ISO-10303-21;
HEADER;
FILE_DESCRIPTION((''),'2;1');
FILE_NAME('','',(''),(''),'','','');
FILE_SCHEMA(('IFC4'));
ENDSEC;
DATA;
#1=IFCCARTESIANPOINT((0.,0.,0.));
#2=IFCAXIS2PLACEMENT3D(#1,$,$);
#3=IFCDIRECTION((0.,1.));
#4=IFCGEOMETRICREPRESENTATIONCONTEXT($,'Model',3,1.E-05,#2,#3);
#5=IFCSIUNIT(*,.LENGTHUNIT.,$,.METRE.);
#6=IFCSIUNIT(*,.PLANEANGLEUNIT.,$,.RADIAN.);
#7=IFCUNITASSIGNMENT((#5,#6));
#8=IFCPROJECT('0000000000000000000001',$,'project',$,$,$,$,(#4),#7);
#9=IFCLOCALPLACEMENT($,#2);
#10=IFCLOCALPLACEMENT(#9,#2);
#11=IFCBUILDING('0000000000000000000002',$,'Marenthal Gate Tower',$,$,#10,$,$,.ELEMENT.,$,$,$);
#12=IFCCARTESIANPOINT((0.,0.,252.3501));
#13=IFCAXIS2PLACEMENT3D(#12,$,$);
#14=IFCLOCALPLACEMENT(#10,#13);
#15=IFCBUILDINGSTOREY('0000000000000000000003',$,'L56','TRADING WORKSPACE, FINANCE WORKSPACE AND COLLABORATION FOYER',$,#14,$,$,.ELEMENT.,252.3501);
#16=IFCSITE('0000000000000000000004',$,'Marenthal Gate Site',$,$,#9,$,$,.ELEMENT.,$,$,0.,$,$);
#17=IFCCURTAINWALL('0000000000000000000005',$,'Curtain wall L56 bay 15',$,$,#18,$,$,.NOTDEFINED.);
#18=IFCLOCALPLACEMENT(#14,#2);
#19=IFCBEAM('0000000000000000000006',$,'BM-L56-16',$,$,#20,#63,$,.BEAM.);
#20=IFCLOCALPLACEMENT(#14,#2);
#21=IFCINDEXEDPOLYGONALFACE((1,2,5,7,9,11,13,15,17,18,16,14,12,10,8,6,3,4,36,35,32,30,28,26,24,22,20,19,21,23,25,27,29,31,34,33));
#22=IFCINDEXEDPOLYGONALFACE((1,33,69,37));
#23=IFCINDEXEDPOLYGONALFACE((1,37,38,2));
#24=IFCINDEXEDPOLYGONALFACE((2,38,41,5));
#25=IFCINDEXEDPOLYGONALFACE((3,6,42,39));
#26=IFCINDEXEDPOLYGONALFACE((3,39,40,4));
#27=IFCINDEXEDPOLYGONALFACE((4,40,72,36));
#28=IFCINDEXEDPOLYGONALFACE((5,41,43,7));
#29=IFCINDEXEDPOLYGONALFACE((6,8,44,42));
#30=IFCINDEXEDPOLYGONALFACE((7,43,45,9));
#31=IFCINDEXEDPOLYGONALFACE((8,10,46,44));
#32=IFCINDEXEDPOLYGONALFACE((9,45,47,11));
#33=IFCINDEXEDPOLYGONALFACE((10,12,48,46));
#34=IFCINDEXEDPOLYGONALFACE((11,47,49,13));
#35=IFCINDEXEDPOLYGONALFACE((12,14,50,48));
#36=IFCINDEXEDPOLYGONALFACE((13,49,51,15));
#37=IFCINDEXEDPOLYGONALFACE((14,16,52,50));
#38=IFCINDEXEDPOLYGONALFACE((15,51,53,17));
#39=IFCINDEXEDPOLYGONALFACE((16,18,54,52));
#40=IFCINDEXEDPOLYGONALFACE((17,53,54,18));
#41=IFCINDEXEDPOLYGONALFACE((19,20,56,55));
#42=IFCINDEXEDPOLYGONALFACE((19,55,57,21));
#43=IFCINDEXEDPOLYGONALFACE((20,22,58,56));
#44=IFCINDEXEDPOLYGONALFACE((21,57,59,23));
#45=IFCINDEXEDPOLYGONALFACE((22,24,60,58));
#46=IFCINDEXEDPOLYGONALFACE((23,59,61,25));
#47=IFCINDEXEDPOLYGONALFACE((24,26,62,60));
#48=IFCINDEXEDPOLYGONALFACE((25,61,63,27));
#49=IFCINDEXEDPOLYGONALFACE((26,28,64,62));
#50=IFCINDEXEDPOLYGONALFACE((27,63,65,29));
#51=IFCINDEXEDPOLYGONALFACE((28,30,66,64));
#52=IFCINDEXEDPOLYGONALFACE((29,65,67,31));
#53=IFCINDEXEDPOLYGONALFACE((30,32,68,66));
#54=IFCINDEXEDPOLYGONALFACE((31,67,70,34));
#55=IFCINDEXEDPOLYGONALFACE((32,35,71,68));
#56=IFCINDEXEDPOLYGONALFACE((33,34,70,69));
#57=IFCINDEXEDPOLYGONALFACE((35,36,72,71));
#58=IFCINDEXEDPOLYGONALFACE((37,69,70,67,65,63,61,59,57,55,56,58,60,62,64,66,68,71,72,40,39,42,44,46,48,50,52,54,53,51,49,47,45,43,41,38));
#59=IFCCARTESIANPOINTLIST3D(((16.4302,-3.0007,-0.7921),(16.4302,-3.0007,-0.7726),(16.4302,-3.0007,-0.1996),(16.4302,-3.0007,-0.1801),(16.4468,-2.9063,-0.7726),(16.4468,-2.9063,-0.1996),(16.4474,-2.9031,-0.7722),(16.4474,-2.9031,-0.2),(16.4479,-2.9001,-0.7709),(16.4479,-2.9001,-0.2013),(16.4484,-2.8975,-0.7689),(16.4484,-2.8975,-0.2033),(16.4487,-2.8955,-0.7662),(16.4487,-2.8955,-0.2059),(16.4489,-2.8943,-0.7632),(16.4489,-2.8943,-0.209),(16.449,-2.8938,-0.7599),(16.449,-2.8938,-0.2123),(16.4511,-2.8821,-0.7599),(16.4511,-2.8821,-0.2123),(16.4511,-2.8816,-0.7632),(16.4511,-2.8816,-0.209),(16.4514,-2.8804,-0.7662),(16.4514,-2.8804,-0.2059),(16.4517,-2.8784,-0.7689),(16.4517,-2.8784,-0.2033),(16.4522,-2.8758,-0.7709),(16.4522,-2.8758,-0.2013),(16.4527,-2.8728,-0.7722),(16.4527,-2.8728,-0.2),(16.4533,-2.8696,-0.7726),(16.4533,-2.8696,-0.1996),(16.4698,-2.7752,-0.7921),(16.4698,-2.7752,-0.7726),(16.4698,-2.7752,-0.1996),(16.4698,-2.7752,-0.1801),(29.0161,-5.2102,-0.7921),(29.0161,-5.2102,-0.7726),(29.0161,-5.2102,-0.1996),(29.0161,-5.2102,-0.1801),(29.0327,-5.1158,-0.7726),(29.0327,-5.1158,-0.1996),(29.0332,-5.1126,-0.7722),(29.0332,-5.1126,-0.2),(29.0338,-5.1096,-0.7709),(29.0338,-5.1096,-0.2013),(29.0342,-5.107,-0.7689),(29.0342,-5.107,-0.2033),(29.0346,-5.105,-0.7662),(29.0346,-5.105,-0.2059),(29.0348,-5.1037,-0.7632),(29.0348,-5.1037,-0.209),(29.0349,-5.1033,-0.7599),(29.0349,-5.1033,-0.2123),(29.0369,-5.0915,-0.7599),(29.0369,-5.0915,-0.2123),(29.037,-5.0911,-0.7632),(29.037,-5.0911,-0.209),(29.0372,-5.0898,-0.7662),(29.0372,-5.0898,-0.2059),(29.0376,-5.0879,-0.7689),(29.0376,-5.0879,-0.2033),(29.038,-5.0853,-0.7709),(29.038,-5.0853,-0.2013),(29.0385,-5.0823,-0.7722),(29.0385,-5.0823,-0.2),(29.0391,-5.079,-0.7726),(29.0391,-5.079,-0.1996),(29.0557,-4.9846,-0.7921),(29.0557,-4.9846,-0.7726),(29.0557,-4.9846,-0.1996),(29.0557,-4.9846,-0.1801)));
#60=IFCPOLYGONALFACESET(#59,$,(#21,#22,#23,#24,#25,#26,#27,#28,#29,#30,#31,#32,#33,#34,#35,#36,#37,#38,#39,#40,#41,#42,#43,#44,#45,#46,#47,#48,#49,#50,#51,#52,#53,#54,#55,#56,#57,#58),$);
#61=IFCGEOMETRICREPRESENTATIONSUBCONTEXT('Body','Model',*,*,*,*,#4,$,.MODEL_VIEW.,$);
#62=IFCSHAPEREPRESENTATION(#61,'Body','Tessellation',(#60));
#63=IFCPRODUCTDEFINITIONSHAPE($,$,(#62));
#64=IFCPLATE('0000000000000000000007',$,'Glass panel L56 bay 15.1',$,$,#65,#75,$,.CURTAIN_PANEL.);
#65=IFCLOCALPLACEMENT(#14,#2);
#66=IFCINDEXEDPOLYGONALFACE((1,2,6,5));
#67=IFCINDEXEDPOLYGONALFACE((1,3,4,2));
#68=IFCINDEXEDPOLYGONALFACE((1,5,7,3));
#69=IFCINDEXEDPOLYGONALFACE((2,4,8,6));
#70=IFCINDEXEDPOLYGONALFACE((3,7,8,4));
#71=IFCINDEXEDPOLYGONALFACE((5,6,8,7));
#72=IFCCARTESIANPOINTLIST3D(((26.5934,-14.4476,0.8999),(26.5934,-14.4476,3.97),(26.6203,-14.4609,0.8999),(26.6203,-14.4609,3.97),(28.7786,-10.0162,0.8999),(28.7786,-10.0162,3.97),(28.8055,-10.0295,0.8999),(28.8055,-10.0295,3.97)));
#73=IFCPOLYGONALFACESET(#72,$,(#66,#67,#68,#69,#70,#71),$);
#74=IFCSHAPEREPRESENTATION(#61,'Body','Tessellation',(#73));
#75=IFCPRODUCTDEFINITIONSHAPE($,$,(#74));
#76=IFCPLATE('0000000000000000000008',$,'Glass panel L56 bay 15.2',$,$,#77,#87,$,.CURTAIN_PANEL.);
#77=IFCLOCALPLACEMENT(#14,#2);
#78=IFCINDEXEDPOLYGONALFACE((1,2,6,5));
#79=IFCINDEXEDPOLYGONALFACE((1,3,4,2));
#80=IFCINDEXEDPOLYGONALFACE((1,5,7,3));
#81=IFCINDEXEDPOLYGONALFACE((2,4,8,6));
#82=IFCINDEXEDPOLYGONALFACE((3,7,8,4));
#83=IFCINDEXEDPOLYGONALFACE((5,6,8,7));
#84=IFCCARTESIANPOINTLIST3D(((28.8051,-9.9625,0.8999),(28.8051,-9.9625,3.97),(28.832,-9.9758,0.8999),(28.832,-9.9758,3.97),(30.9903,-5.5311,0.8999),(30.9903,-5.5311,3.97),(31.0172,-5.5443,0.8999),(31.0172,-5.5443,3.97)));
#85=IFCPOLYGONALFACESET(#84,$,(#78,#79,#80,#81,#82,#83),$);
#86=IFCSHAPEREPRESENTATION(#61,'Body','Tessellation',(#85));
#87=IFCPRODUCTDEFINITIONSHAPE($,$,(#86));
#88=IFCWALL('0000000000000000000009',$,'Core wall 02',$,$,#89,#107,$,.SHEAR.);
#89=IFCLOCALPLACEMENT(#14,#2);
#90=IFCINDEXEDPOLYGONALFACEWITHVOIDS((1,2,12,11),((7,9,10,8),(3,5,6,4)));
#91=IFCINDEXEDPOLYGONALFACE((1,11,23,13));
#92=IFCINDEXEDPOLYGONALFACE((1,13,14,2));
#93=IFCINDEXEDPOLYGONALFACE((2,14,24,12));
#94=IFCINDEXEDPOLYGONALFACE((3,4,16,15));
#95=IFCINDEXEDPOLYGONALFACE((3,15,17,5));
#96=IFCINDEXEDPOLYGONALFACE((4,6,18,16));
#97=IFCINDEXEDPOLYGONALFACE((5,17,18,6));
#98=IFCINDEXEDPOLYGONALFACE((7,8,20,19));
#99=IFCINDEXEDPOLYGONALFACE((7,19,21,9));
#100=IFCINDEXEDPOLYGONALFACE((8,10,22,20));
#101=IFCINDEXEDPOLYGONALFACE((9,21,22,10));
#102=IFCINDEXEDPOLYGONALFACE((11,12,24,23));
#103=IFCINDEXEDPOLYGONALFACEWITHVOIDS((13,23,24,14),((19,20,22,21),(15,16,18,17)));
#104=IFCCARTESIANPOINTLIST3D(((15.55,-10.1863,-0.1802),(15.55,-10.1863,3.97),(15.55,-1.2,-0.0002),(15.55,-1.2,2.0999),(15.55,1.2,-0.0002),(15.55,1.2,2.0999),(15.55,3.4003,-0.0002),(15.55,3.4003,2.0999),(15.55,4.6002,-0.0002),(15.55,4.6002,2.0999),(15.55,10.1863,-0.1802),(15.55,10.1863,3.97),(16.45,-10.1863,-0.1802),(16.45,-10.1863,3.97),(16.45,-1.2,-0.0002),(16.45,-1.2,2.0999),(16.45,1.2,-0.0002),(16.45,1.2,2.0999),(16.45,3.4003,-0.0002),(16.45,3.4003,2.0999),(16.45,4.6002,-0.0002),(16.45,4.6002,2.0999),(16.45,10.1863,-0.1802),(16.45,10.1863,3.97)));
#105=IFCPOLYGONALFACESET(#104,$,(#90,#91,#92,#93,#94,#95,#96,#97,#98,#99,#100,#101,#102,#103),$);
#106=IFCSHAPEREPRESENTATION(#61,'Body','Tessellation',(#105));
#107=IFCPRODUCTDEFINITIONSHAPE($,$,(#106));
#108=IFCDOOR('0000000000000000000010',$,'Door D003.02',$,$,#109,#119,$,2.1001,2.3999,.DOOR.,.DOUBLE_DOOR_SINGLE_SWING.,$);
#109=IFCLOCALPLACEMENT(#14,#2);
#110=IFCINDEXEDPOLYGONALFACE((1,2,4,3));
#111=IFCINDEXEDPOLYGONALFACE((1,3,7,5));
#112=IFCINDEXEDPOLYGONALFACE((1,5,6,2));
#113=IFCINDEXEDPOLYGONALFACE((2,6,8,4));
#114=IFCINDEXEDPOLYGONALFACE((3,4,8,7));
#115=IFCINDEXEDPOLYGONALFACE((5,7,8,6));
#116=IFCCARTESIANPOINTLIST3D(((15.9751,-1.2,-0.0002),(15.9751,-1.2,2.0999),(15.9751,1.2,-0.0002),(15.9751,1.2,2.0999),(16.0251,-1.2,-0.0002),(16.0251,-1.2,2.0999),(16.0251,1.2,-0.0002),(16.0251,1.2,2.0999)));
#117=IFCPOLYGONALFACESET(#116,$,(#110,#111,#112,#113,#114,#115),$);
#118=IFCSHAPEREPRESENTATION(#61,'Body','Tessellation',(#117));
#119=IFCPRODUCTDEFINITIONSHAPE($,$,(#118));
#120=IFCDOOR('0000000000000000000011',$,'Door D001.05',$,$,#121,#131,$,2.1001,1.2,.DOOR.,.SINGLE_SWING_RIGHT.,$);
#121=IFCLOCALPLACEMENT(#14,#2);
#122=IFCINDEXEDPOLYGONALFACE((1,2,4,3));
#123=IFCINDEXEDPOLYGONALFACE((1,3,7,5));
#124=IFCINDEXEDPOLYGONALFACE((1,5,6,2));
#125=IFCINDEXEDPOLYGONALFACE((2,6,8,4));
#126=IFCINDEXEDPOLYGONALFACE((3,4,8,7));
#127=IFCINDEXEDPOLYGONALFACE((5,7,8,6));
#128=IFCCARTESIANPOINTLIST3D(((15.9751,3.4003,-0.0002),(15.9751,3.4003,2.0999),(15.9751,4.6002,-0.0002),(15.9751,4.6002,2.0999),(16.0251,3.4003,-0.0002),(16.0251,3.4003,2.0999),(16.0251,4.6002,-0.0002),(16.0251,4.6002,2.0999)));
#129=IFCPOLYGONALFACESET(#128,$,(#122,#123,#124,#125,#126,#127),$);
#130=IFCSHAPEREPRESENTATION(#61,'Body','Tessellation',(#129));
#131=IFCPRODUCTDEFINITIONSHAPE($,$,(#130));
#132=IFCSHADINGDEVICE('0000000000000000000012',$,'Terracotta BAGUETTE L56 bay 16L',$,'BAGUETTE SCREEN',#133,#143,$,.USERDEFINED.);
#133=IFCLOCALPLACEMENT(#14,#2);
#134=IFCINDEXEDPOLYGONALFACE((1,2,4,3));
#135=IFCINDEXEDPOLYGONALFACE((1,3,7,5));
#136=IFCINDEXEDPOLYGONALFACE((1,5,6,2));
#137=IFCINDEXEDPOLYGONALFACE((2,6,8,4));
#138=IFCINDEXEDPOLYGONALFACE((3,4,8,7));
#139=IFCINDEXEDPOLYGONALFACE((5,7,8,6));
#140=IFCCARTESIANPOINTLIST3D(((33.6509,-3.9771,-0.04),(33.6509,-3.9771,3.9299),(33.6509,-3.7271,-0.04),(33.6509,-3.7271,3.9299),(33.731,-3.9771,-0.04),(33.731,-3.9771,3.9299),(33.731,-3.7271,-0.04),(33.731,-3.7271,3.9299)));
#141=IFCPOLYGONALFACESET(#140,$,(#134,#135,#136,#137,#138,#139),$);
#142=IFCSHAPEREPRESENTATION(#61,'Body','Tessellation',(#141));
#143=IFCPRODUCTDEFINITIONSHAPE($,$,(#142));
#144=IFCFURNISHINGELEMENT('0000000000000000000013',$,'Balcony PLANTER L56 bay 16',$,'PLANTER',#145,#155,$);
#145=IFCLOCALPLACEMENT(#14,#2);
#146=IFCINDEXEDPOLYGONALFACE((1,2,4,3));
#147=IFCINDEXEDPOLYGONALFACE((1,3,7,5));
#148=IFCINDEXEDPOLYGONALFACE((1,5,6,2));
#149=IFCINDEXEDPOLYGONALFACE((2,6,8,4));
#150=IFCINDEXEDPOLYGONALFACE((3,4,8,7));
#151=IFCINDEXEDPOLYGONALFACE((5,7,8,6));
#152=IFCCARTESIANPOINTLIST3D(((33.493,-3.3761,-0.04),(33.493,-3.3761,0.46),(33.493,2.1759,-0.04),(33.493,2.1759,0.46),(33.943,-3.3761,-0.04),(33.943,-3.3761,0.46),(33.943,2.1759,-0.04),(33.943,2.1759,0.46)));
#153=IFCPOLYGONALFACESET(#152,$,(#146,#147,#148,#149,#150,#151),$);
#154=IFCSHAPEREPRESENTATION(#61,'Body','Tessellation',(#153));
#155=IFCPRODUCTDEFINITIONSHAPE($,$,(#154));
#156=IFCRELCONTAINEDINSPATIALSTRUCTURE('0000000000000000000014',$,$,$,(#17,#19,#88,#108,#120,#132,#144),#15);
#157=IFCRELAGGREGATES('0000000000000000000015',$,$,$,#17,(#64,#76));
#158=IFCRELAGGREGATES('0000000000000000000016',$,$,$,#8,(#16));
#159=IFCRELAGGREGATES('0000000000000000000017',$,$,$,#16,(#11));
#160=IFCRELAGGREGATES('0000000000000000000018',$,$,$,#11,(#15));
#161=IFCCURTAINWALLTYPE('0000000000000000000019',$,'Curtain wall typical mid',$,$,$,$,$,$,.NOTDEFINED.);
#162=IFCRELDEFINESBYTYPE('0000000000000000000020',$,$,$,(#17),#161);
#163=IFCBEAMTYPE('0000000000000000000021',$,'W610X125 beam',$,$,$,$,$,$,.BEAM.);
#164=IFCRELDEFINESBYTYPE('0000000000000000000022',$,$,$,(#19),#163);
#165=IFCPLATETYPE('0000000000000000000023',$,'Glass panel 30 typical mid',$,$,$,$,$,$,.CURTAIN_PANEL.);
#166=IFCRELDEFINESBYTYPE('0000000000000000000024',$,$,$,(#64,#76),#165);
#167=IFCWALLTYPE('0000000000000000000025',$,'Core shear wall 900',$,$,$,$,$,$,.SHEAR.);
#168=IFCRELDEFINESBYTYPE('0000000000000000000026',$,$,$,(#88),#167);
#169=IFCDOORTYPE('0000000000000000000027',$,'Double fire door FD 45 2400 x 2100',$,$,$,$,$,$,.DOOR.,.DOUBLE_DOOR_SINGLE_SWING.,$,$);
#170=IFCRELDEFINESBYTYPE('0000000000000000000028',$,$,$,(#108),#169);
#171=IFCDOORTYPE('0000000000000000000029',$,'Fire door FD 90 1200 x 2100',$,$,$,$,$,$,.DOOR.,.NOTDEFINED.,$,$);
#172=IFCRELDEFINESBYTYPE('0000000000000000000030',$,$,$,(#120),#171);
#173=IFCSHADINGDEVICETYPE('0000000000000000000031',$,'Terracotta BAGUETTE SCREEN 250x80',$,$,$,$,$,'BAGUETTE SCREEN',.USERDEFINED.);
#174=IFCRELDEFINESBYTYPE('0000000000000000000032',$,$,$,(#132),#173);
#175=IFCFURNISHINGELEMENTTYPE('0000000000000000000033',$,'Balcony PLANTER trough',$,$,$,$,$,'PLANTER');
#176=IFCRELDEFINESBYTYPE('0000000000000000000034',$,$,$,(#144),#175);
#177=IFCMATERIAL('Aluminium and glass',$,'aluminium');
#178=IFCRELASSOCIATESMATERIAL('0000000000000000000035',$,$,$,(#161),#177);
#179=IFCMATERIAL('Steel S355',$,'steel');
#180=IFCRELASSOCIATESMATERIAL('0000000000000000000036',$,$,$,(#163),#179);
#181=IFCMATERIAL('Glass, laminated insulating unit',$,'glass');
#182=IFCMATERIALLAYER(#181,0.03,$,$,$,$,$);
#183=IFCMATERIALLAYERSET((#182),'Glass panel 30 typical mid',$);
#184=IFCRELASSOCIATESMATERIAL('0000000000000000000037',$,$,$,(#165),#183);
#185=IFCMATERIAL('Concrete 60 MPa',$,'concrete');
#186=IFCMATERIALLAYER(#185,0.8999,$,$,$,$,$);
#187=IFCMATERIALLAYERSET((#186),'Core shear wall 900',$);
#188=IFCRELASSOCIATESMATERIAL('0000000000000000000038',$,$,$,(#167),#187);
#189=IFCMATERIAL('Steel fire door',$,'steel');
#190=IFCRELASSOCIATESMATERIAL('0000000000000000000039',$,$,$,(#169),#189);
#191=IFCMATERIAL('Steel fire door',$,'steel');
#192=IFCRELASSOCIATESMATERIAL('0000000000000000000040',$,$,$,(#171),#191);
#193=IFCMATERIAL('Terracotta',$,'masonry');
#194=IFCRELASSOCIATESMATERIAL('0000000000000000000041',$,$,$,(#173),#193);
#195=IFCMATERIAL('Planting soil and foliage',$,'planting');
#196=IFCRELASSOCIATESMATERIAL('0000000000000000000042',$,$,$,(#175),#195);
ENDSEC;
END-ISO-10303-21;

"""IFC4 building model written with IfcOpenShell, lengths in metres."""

from ifc_helpers import new_model, si_unit, direction, frame, frame_2d, origin, origin_2d, place, context, subcontext, project, spatial, rectangle, i_section, extrude, material, layer, layer_set, material_profile, profile_set, type_object, element, fill, aggregate, save


model = new_model("IFC4")

# Units and contexts
model_context = context("Model", 3, precision=1e-05, world=origin(), true_north=direction((0.0, 1.0)))
body_context = subcontext(model_context, "Body", "Model", "MODEL_VIEW")
ifc_project = project(units=[si_unit("LENGTHUNIT", "METRE"), si_unit("PLANEANGLEUNIT", "RADIAN")], contexts=[model_context])

# Site, building, storey
site_placement = place(None, origin())
site = spatial("IfcSite", under=ifc_project, at=site_placement, Name="Marenthal Gate Site", CompositionType="ELEMENT", RefElevation=0.0)
building_placement = place(site_placement, origin())
building = spatial("IfcBuilding", under=site, at=building_placement, Name="Marenthal Gate Tower", CompositionType="ELEMENT")
storey_placement = place(building_placement, frame((0.0, 0.0, 252.3501)))
storey = spatial("IfcBuildingStorey", under=building, at=storey_placement, Name="L56", Description="TRADING WORKSPACE, FINANCE WORKSPACE AND COLLABORATION FOYER", CompositionType="ELEMENT", Elevation=252.3501)

# Curtain wall
ifc_material_1 = material(Name="Aluminium and glass", Category="aluminium")
curtain_wall_type = type_object("IfcCurtainWallType", Name="Curtain wall typical mid", PredefinedType="NOTDEFINED", material=ifc_material_1)
curtain_wall_placement = place(storey_placement, origin())
curtain_wall = element("IfcCurtainWall", 1, at=curtain_wall_placement, inside=storey, type_object=curtain_wall_type, Name="Curtain wall L56 bay 15", PredefinedType="NOTDEFINED")

# Beam
ifc_material_2 = material(Name="Steel S355", Category="steel")
ifc_material_profile_1 = material_profile(ifc_material_2, i_section(OverallWidth=0.229, OverallDepth=0.6121, WebThickness=0.012, FlangeThickness=0.0195, FilletRadius=0.0127, at=origin_2d()), Name="W610X125")
ifc_profile_set_1 = profile_set([ifc_material_profile_1], Name="Steel S355")
beam_type_1 = type_object("IfcBeamType", Name="W610X125 beam", PredefinedType="BEAM", material=ifc_profile_set_1)
beam_1_placement = place(storey_placement, frame((29.0359, -5.0974, -0.4861), z_axis=(-0.984938, 0.172907, 0.0), x_axis=(-0.172907, -0.984938, 0.0)))
element("IfcBeam", 2, at=beam_1_placement, inside=storey, type_object=beam_type_1, Name="BM-L56-16", PredefinedType="BEAM", context=body_context, shape_type="SweptSolid", body=[
    extrude(i_section(OverallWidth=0.229, OverallDepth=0.6121, WebThickness=0.012, FlangeThickness=0.0195, FilletRadius=0.0127, at=origin_2d()), origin(), (0.0, 0.0, 1.0), 12.7783),
])

# Plates
ifc_material_3 = material(Name="Glass, laminated insulating unit", Category="glass")
ifc_layer_1 = layer(ifc_material_3, 0.03)
ifc_layer_set_1 = layer_set([ifc_layer_1], Name="Glass panel 30 typical mid")
plate_type = type_object("IfcPlateType", Name="Glass panel 30 typical mid", PredefinedType="CURTAIN_PANEL", material=ifc_layer_set_1)
plate_1_placement = place(storey_placement, frame((27.6995, -12.2385, 0.8999), z_axis=(0.0, 0.0, 1.0), x_axis=(0.442269, 0.896882, 0.0)))
plate_1 = element("IfcPlate", 3, at=plate_1_placement, type_object=plate_type, Name="Glass panel L56 bay 15.1", PredefinedType="CURTAIN_PANEL", context=body_context, shape_type="SweptSolid", body=[
    extrude(rectangle(XDim=4.9409, YDim=0.03, at=origin_2d()), origin(), (0.0, 0.0, 1.0), 3.0701),
])
plate_2_placement = place(storey_placement, frame((29.9111, -7.7534, 0.8999), z_axis=(0.0, 0.0, 1.0), x_axis=(0.442269, 0.896882, 0.0)))
plate_2 = element("IfcPlate", 4, at=plate_2_placement, type_object=plate_type, Name="Glass panel L56 bay 15.2", PredefinedType="CURTAIN_PANEL", context=body_context, shape_type="SweptSolid", body=[
    extrude(rectangle(XDim=4.9409, YDim=0.03, at=origin_2d()), origin(), (0.0, 0.0, 1.0), 3.0701),
])
aggregate(curtain_wall, [plate_1, plate_2])

# Wall, openings, doors
ifc_material_4 = material(Name="Concrete 60 MPa", Category="concrete")
ifc_layer_2 = layer(ifc_material_4, 0.8999)
ifc_layer_set_2 = layer_set([ifc_layer_2], Name="Core shear wall 900")
wall_type_1 = type_object("IfcWallType", Name="Core shear wall 900", PredefinedType="SHEAR", material=ifc_layer_set_2)
wall_1_placement = place(storey_placement, frame((16.0, -10.1863, -0.1802), z_axis=(0.0, 0.0, 1.0), x_axis=(0.0, 1.0, 0.0)))
wall_1 = element("IfcWall", 5, at=wall_1_placement, inside=storey, type_object=wall_type_1, Name="Core wall 02", PredefinedType="SHEAR", context=body_context, shape_type="SweptSolid", body=[
    extrude(rectangle(XDim=20.3726, YDim=0.8999, at=frame_2d((10.1863, 0.0))), origin(), (0.0, 0.0, 1.0), 4.1501),
])
opening_1_placement = place(wall_1_placement, frame((8.9863, 0.0, 0.1799)))
opening_1 = element("IfcOpeningElement", 6, at=opening_1_placement, cuts=wall_1, PredefinedType="OPENING", context=body_context, shape_type="SweptSolid", body=[
    extrude(rectangle(XDim=2.3999, YDim=2.1001, at=frame_2d((1.2, 1.05))), frame((0.0, 0.46, 0.0), z_axis=(0.0, -1.0, 0.0), x_axis=(1.0, 0.0, 0.0)), (0.0, 0.0, 1.0), 0.9199),
])
opening_2_placement = place(wall_1_placement, frame((13.5864, 0.0, 0.1799)))
opening_2 = element("IfcOpeningElement", 7, at=opening_2_placement, cuts=wall_1, PredefinedType="OPENING", context=body_context, shape_type="SweptSolid", body=[
    extrude(rectangle(XDim=1.2, YDim=2.1001, at=frame_2d((0.6001, 1.05))), frame((0.0, 0.46, 0.0), z_axis=(0.0, -1.0, 0.0), x_axis=(1.0, 0.0, 0.0)), (0.0, 0.0, 1.0), 0.9199),
])
ifc_material_5 = material(Name="Steel fire door", Category="steel")
door_type_1 = type_object("IfcDoorType", Name="Double fire door FD 45 2400 x 2100", OperationType="DOUBLE_DOOR_SINGLE_SWING", PredefinedType="DOOR", material=ifc_material_5)
door_1_placement = place(opening_1_placement, origin())
door_1 = element("IfcDoor", 8, at=door_1_placement, inside=storey, type_object=door_type_1, Name="Door D003.02", OperationType="DOUBLE_DOOR_SINGLE_SWING", OverallHeight=2.1001, OverallWidth=2.3999, PredefinedType="DOOR", context=body_context, shape_type="SweptSolid", body=[
    extrude(rectangle(XDim=2.3999, YDim=2.1001, at=frame_2d((1.2, 1.05))), frame((0.0, 0.0249, 0.0), z_axis=(0.0, -1.0, 0.0), x_axis=(1.0, 0.0, 0.0)), (0.0, 0.0, 1.0), 0.05),
])
fill(opening_1, door_1)
ifc_material_6 = material(Name="Steel fire door", Category="steel")
door_type_2 = type_object("IfcDoorType", Name="Fire door FD 90 1200 x 2100", OperationType="NOTDEFINED", PredefinedType="DOOR", material=ifc_material_6)
door_2_placement = place(opening_2_placement, origin())
door_2 = element("IfcDoor", 9, at=door_2_placement, inside=storey, type_object=door_type_2, Name="Door D001.05", OperationType="SINGLE_SWING_RIGHT", OverallHeight=2.1001, OverallWidth=1.2, PredefinedType="DOOR", context=body_context, shape_type="SweptSolid", body=[
    extrude(rectangle(XDim=1.2, YDim=2.1001, at=frame_2d((0.6001, 1.05))), frame((0.0, 0.0249, 0.0), z_axis=(0.0, -1.0, 0.0), x_axis=(1.0, 0.0, 0.0)), (0.0, 0.0, 1.0), 0.05),
])
fill(opening_2, door_2)

# Shading device
ifc_material_7 = material(Name="Terracotta", Category="masonry")
ifc_material_profile_2 = material_profile(ifc_material_7, rectangle(XDim=0.25, YDim=0.0801, at=origin_2d()), Name="Terracotta baguette 250x80")
ifc_profile_set_2 = profile_set([ifc_material_profile_2], Name="Terracotta")
shading_device_type = type_object("IfcShadingDeviceType", Name="Terracotta BAGUETTE SCREEN 250x80", ElementType="BAGUETTE SCREEN", PredefinedType="USERDEFINED", material=ifc_profile_set_2)
shading_device_placement = place(storey_placement, frame((33.6909, -3.8521, -0.04), z_axis=(0.0, 0.0, 1.0), x_axis=(0.0, 1.0, 0.0)))
element("IfcShadingDevice", 10, at=shading_device_placement, inside=storey, type_object=shading_device_type, Name="Terracotta BAGUETTE L56 bay 16L", ObjectType="BAGUETTE SCREEN", PredefinedType="USERDEFINED", context=body_context, shape_type="SweptSolid", body=[
    extrude(rectangle(XDim=0.25, YDim=0.0801, at=origin_2d()), origin(), (0.0, 0.0, 1.0), 3.97),
])

# Furnishing element
ifc_material_8 = material(Name="Planting soil and foliage", Category="planting")
furnishing_element_type = type_object("IfcFurnishingElementType", Name="Balcony PLANTER trough", ElementType="PLANTER", material=ifc_material_8)
furnishing_placement = place(storey_placement, frame((33.718, -0.6001, -0.04), z_axis=(0.0, 0.0, 1.0), x_axis=(0.0, 1.0, 0.0)))
element("IfcFurnishingElement", 11, at=furnishing_placement, inside=storey, type_object=furnishing_element_type, Name="Balcony PLANTER L56 bay 16", ObjectType="PLANTER", context=body_context, shape_type="SweptSolid", body=[
    extrude(rectangle(XDim=5.552, YDim=0.45, at=origin_2d()), origin(), (0.0, 0.0, 1.0), 0.5),
])

save(model, "model.ifc")
